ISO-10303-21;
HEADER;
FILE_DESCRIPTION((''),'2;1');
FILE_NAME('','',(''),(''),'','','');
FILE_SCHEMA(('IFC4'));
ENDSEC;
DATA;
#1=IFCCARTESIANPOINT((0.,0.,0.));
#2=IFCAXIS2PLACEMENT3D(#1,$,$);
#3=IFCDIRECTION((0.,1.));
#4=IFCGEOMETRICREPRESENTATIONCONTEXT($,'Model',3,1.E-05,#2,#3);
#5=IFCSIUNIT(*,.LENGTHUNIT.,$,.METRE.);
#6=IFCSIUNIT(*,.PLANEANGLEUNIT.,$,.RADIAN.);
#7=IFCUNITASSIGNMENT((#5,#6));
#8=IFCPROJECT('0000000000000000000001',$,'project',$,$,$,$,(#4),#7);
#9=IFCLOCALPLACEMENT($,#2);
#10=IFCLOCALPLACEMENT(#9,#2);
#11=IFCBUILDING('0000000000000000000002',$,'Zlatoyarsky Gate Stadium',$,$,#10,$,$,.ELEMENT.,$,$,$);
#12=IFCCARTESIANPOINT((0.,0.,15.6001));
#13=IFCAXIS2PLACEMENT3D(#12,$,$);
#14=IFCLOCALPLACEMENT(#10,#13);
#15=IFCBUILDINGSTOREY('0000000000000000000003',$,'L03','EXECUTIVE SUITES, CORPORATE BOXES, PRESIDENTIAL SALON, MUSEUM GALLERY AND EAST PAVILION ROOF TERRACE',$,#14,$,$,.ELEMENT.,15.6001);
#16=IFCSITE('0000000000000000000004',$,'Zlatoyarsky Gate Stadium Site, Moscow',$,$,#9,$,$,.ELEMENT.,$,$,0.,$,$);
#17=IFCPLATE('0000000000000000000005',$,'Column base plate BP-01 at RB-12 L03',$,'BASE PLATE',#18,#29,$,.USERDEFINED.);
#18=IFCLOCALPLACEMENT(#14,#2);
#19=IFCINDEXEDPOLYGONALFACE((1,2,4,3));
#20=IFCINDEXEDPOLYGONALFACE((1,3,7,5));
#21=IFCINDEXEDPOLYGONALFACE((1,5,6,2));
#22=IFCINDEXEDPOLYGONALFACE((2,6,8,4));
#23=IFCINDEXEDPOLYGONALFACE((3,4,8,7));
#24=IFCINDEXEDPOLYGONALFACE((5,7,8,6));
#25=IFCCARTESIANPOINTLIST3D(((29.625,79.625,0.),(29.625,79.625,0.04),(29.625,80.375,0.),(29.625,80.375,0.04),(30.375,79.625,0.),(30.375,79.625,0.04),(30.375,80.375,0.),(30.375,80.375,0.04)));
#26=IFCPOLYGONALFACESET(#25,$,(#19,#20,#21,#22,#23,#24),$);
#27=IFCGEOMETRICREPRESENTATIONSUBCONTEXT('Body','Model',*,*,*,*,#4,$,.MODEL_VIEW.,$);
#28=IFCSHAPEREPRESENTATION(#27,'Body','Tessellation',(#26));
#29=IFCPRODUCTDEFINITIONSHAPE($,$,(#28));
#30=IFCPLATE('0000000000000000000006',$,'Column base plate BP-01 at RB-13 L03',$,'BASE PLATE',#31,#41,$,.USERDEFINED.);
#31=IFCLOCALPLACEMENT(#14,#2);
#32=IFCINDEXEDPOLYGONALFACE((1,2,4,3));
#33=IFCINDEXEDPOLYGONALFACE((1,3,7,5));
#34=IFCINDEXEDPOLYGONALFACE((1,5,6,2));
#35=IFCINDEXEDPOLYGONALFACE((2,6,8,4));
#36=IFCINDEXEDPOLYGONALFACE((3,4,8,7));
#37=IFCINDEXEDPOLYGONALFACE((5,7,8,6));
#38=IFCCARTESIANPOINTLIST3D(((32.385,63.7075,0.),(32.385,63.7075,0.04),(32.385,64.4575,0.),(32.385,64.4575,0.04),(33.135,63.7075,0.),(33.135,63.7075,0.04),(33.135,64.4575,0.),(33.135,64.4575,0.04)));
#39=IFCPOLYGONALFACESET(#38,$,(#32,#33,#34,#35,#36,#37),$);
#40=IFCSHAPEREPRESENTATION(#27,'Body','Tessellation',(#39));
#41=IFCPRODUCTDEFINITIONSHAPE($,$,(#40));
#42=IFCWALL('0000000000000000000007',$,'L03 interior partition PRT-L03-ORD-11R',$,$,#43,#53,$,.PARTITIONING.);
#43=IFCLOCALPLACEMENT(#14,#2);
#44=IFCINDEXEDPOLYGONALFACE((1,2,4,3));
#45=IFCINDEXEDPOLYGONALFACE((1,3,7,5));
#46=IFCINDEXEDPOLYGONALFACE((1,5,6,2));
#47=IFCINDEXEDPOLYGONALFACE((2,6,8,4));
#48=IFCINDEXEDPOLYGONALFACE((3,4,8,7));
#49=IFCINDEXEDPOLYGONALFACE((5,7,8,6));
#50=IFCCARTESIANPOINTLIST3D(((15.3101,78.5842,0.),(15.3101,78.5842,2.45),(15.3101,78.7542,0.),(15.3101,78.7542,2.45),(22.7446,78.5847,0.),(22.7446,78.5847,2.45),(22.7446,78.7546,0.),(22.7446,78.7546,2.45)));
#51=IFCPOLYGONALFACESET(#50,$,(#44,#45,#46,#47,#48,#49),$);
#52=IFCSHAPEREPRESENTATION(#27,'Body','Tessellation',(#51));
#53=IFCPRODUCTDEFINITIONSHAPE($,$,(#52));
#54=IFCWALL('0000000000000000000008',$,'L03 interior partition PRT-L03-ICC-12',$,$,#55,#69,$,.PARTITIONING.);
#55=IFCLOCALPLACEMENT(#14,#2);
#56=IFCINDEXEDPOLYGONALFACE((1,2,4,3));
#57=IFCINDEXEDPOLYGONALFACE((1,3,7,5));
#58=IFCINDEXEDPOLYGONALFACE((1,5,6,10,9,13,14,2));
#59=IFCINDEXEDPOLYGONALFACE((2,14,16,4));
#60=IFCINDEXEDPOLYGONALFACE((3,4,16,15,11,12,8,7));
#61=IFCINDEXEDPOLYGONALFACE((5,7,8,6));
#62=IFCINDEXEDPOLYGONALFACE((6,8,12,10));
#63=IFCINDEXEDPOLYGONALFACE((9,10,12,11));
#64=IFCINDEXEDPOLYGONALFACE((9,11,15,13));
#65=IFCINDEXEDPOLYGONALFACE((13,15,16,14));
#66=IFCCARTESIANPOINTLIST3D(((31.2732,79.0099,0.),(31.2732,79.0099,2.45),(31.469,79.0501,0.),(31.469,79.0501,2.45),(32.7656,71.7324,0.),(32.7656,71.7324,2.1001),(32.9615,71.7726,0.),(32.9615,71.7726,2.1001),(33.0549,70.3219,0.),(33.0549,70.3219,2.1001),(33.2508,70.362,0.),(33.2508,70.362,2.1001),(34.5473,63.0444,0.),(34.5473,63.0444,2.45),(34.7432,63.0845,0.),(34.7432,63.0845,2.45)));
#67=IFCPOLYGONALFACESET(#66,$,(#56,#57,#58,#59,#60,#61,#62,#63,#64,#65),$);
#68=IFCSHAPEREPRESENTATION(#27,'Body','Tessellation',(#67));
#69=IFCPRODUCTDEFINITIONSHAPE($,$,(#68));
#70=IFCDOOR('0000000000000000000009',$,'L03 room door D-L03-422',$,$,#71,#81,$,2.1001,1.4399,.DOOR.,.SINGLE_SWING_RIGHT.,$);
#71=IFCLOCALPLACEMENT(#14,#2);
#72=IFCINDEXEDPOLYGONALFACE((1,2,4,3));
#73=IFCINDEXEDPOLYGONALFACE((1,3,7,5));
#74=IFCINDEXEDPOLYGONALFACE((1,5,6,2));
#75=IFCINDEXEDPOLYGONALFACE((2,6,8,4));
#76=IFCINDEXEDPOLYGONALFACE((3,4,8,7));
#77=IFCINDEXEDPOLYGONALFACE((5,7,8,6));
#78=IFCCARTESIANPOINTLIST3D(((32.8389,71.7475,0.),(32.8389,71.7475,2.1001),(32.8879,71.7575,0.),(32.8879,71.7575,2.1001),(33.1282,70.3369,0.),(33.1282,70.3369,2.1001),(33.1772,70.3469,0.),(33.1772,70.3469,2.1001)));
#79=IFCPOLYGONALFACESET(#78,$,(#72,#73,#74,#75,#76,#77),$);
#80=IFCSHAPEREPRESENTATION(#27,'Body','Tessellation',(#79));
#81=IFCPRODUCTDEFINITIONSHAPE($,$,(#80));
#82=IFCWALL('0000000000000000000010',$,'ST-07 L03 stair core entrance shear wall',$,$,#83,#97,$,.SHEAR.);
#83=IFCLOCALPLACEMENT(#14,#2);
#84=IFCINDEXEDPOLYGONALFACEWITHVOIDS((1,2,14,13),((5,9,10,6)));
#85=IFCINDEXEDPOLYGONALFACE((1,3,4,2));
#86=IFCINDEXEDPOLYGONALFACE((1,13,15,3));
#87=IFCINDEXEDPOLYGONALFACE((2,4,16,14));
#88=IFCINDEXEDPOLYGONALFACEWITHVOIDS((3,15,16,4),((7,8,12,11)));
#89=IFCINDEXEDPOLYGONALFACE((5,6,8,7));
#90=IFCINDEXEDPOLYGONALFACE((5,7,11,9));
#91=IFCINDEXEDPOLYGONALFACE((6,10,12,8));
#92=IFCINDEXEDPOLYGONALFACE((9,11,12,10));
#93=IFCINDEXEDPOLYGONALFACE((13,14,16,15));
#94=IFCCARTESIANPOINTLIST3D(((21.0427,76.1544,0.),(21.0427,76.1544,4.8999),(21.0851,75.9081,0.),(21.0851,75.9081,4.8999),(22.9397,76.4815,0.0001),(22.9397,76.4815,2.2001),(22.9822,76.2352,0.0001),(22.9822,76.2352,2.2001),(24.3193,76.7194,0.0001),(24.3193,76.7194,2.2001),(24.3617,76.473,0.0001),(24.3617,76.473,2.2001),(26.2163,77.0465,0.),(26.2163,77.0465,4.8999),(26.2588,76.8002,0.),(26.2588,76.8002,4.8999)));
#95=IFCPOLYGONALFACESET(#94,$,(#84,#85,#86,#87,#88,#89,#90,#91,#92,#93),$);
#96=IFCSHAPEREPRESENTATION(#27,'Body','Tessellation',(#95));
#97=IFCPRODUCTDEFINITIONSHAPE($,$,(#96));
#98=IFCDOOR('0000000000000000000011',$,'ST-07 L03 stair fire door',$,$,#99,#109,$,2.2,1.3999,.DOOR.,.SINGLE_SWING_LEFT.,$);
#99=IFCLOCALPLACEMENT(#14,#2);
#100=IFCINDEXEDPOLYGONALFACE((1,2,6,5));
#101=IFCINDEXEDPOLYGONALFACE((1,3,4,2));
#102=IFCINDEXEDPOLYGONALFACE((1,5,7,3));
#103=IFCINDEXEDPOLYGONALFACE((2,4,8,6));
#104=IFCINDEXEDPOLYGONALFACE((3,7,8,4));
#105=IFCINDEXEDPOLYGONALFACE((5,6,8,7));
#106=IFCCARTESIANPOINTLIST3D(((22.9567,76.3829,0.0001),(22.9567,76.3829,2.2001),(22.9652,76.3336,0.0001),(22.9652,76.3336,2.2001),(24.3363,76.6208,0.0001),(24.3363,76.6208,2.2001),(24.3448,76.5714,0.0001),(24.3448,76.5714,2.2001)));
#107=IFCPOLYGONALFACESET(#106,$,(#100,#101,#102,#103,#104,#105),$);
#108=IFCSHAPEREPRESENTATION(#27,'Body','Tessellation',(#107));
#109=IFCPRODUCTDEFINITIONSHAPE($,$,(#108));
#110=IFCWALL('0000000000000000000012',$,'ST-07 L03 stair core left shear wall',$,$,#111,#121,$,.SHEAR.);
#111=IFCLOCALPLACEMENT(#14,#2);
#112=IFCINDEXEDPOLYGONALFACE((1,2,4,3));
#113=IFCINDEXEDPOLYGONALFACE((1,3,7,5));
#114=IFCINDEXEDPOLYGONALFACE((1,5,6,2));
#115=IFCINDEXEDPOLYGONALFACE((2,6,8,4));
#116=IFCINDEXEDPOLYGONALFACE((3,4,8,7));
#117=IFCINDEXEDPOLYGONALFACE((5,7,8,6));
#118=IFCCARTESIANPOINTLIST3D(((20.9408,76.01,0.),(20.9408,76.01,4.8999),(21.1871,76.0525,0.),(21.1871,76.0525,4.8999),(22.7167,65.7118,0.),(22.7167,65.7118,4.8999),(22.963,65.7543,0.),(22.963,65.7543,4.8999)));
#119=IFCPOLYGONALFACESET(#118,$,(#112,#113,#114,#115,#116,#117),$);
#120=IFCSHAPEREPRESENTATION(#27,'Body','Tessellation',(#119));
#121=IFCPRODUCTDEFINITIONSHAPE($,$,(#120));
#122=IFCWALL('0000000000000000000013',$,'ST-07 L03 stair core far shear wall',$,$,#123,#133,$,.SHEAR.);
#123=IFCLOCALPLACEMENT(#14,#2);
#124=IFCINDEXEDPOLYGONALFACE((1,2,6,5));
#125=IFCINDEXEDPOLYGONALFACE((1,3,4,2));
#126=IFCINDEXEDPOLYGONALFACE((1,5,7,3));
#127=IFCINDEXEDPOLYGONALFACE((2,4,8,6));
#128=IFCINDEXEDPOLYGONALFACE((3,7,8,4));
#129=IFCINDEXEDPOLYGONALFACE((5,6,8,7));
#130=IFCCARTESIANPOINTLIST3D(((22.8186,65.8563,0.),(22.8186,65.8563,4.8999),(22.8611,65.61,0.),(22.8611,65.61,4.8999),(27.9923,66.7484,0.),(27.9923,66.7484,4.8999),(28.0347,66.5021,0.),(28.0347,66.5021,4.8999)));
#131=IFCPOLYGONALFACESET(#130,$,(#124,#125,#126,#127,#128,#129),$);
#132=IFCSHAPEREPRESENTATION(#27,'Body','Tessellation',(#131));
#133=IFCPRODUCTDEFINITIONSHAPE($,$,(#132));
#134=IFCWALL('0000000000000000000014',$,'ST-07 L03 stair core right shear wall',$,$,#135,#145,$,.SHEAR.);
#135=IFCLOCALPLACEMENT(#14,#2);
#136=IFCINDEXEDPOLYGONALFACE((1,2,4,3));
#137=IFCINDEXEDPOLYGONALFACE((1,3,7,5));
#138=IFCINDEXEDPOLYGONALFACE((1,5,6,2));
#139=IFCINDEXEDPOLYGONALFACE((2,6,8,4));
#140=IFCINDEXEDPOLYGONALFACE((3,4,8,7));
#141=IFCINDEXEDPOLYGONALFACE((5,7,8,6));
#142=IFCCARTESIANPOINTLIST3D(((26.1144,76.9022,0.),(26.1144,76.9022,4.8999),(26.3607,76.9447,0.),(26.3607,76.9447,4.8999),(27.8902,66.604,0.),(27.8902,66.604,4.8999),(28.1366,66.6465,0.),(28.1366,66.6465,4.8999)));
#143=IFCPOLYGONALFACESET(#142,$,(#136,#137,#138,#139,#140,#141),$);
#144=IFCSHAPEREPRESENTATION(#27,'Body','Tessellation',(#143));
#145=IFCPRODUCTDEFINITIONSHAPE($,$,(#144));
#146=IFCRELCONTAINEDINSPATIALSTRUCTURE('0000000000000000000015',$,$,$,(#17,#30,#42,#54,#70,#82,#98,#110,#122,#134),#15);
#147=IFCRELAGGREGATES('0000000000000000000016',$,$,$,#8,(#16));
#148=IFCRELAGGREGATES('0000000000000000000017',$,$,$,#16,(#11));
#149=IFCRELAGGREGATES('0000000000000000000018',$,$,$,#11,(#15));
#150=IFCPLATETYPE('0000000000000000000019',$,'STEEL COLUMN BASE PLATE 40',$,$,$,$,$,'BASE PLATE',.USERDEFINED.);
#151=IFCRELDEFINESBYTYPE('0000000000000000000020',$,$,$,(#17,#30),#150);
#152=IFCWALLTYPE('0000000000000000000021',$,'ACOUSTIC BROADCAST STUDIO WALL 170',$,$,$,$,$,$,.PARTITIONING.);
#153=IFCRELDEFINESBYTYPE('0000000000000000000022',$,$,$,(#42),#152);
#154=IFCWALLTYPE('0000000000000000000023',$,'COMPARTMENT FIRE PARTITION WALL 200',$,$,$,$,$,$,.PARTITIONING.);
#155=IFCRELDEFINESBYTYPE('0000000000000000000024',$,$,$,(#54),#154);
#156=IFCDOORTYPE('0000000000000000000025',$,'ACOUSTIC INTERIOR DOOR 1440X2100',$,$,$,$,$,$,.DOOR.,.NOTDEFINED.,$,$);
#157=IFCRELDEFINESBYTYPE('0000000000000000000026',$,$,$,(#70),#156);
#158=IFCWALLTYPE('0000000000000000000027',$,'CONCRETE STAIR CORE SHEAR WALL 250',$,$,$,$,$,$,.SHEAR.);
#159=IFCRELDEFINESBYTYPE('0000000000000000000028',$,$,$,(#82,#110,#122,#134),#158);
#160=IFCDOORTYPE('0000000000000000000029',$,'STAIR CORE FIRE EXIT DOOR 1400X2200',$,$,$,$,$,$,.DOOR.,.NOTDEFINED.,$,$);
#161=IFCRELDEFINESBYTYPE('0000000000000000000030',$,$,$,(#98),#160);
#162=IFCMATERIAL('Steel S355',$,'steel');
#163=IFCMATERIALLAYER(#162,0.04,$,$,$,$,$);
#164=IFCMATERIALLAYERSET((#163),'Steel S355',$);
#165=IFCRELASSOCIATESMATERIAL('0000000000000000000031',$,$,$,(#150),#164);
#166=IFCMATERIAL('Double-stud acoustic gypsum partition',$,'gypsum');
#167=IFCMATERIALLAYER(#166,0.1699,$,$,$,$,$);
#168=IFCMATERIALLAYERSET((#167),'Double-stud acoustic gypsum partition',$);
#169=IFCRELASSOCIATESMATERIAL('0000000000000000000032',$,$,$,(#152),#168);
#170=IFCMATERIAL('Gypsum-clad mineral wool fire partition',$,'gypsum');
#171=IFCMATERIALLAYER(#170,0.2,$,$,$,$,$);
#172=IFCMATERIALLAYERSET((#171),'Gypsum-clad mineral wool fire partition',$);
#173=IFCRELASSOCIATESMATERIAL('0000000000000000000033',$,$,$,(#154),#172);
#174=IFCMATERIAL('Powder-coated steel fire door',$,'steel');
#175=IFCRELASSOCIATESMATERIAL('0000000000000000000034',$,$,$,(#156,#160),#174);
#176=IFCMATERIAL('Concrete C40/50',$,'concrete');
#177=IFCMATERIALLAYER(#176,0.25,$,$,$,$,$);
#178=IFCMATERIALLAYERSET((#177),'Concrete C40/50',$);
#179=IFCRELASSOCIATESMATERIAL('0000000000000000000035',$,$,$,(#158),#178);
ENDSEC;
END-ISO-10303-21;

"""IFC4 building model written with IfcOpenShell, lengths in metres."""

from ifc_helpers import new_model, si_unit, direction, frame, frame_2d, origin, origin_2d, place, context, subcontext, project, spatial, rectangle, extrude, material, layer, layer_set, type_object, element, fill, save


model = new_model("IFC4")

# Units and contexts
model_context = context("Model", 3, precision=1e-05, world=origin(), true_north=direction((0.0, 1.0)))
body_context = subcontext(model_context, "Body", "Model", "MODEL_VIEW")
ifc_project = project(units=[si_unit("LENGTHUNIT", "METRE"), si_unit("PLANEANGLEUNIT", "RADIAN")], contexts=[model_context])

# Site, building, storey
site_placement = place(None, origin())
site = spatial("IfcSite", under=ifc_project, at=site_placement, Name="Zlatoyarsky Gate Stadium Site, Moscow", CompositionType="ELEMENT", RefElevation=0.0)
building_placement = place(site_placement, origin())
building = spatial("IfcBuilding", under=site, at=building_placement, Name="Zlatoyarsky Gate Stadium", CompositionType="ELEMENT")
storey_placement = place(building_placement, frame((0.0, 0.0, 15.6001)))
storey = spatial("IfcBuildingStorey", under=building, at=storey_placement, Name="L03", Description="EXECUTIVE SUITES, CORPORATE BOXES, PRESIDENTIAL SALON, MUSEUM GALLERY AND EAST PAVILION ROOF TERRACE", CompositionType="ELEMENT", Elevation=15.6001)

# Shared definitions
ifc_material_1 = material(Name="Steel S355", Category="steel")

# Plates
ifc_layer_1 = layer(ifc_material_1, 0.04)
ifc_layer_set_1 = layer_set([ifc_layer_1], Name="Steel S355")
plate_type = type_object("IfcPlateType", Name="STEEL COLUMN BASE PLATE 40", ElementType="BASE PLATE", PredefinedType="USERDEFINED", material=ifc_layer_set_1)
for number, where, z_axis, x_axis, name in (
    (1, (30.0, 80.0, 0.0), (0.0, 0.0, 1.0), (1.0, 0.0, 0.0), "Column base plate BP-01 at RB-12 L03"),
    (2, (32.76, 64.0825, 0.0), (0.0, 0.0, 1.0), (1.0, 0.0, 0.0), "Column base plate BP-01 at RB-13 L03"),
):
    element("IfcPlate", number, at=place(storey_placement, frame(where, z_axis=z_axis, x_axis=x_axis)), inside=storey, type_object=plate_type, Name=name, ObjectType="BASE PLATE", PredefinedType="USERDEFINED", context=body_context, shape_type="SweptSolid", body=[
        extrude(rectangle(XDim=0.75, YDim=0.75, at=origin_2d()), origin(), (0.0, 0.0, 1.0), 0.04),
    ])

# Wall
ifc_material_2 = material(Name="Double-stud acoustic gypsum partition", Category="gypsum")
ifc_layer_2 = layer(ifc_material_2, 0.1699)
ifc_layer_set_2 = layer_set([ifc_layer_2], Name="Double-stud acoustic gypsum partition")
wall_type_1 = type_object("IfcWallType", Name="ACOUSTIC BROADCAST STUDIO WALL 170", PredefinedType="PARTITIONING", material=ifc_layer_set_2)
wall_1_placement = place(storey_placement, frame((22.7446, 78.6697, 0.0), z_axis=(0.0, 0.0, 1.0), x_axis=(-1.0, -0.000066, 0.0)))
element("IfcWall", 3, at=wall_1_placement, inside=storey, type_object=wall_type_1, Name="L03 interior partition PRT-L03-ORD-11R", PredefinedType="PARTITIONING", context=body_context, shape_type="SweptSolid", body=[
    extrude(rectangle(XDim=7.4346, YDim=0.1699, at=frame_2d((3.7173, 0.0))), origin(), (0.0, 0.0, 1.0), 2.45),
])

# Walls, openings, doors
ifc_material_3 = material(Name="Gypsum-clad mineral wool fire partition", Category="gypsum")
ifc_layer_3 = layer(ifc_material_3, 0.2)
ifc_layer_set_3 = layer_set([ifc_layer_3], Name="Gypsum-clad mineral wool fire partition")
wall_type_2 = type_object("IfcWallType", Name="COMPARTMENT FIRE PARTITION WALL 200", PredefinedType="PARTITIONING", material=ifc_layer_set_3)
wall_2_placement = place(storey_placement, frame((31.3711, 79.03, 0.0), z_axis=(0.0, 0.0, 1.0), x_axis=(0.200896, -0.979613, 0.0)))
wall_2 = element("IfcWall", 4, at=wall_2_placement, inside=storey, type_object=wall_type_2, Name="L03 interior partition PRT-L03-ICC-12", PredefinedType="PARTITIONING", context=body_context, shape_type="SweptSolid", body=[
    extrude(rectangle(XDim=16.2979, YDim=0.2, at=frame_2d((8.1489, 0.0))), origin(), (0.0, 0.0, 1.0), 2.45),
])
opening_1_placement = place(wall_2_placement, frame((7.429, 0.0, 0.0)))
opening_1 = element("IfcOpeningElement", 5, at=opening_1_placement, cuts=wall_2, PredefinedType="OPENING", context=body_context, shape_type="SweptSolid", body=[
    extrude(rectangle(XDim=1.4399, YDim=2.1001, at=frame_2d((0.72, 1.05))), frame((0.0, 0.1099, 0.0), z_axis=(0.0, -1.0, 0.0), x_axis=(1.0, 0.0, 0.0)), (0.0, 0.0, 1.0), 0.22),
])
ifc_material_4 = material(Name="Powder-coated steel fire door", Category="steel")
door_type_1 = type_object("IfcDoorType", Name="ACOUSTIC INTERIOR DOOR 1440X2100", OperationType="NOTDEFINED", PredefinedType="DOOR", material=ifc_material_4)
door_1_placement = place(opening_1_placement, origin())
door_1 = element("IfcDoor", 6, at=door_1_placement, inside=storey, type_object=door_type_1, Name="L03 room door D-L03-422", OperationType="SINGLE_SWING_RIGHT", OverallHeight=2.1001, OverallWidth=1.4399, PredefinedType="DOOR", context=body_context, shape_type="SweptSolid", body=[
    extrude(rectangle(XDim=1.4399, YDim=2.1001, at=frame_2d((0.72, 1.05))), frame((0.0, 0.0249, 0.0), z_axis=(0.0, -1.0, 0.0), x_axis=(1.0, 0.0, 0.0)), (0.0, 0.0, 1.0), 0.05),
])
fill(opening_1, door_1)
ifc_material_5 = material(Name="Concrete C40/50", Category="concrete")
ifc_layer_4 = layer(ifc_material_5, 0.25)
ifc_layer_set_4 = layer_set([ifc_layer_4], Name="Concrete C40/50")
wall_type_3 = type_object("IfcWallType", Name="CONCRETE STAIR CORE SHEAR WALL 250", PredefinedType="SHEAR", material=ifc_layer_set_4)
wall_3_placement = place(storey_placement, frame((26.2375, 76.9233, 0.0), z_axis=(0.0, 0.0, 1.0), x_axis=(-0.985457, -0.169924, 0.0)))
wall_3 = element("IfcWall", 7, at=wall_3_placement, inside=storey, type_object=wall_type_3, Name="ST-07 L03 stair core entrance shear wall", PredefinedType="SHEAR", context=body_context, shape_type="SweptSolid", body=[
    extrude(rectangle(XDim=5.25, YDim=0.25, at=frame_2d((2.625, 0.0))), origin(), (0.0, 0.0, 1.0), 4.8999),
])
opening_2_placement = place(wall_3_placement, frame((1.925, 0.0, 0.0)))
opening_2 = element("IfcOpeningElement", 8, at=opening_2_placement, cuts=wall_3, PredefinedType="OPENING", context=body_context, shape_type="SweptSolid", body=[
    extrude(rectangle(XDim=1.3999, YDim=2.2, at=frame_2d((0.7, 1.1001))), frame((0.0, 0.135, 0.0), z_axis=(0.0, -1.0, 0.0), x_axis=(1.0, 0.0, 0.0)), (0.0, 0.0, 1.0), 0.27),
])
door_type_2 = type_object("IfcDoorType", Name="STAIR CORE FIRE EXIT DOOR 1400X2200", OperationType="NOTDEFINED", PredefinedType="DOOR", material=ifc_material_4)
door_2_placement = place(opening_2_placement, frame((1.3999, 0.0, 0.0), z_axis=(0.0, 0.0, 1.0), x_axis=(-1.0, 0.0, 0.0)))
door_2 = element("IfcDoor", 9, at=door_2_placement, inside=storey, type_object=door_type_2, Name="ST-07 L03 stair fire door", OperationType="SINGLE_SWING_LEFT", OverallHeight=2.2, OverallWidth=1.3999, PredefinedType="DOOR", context=body_context, shape_type="SweptSolid", body=[
    extrude(rectangle(XDim=1.3999, YDim=2.2, at=frame_2d((0.7, 1.1001))), frame((0.0, 0.0249, 0.0), z_axis=(0.0, -1.0, 0.0), x_axis=(1.0, 0.0, 0.0)), (0.0, 0.0, 1.0), 0.05),
])
fill(opening_2, door_2)

# Walls
wall_4_placement = place(storey_placement, frame((21.064, 76.0312, 0.0), z_axis=(0.0, 0.0, 1.0), x_axis=(0.169939, -0.985455, 0.0)))
element("IfcWall", 10, at=wall_4_placement, inside=storey, type_object=wall_type_3, Name="ST-07 L03 stair core left shear wall", PredefinedType="SHEAR", context=body_context, shape_type="SweptSolid", body=[
    extrude(rectangle(XDim=10.4502, YDim=0.25, at=frame_2d((5.2251, 0.0))), origin(), (0.0, 0.0, 1.0), 4.8999),
])
wall_5_placement = place(storey_placement, frame((22.8398, 65.7332, 0.0), z_axis=(0.0, 0.0, 1.0), x_axis=(0.985457, 0.169924, 0.0)))
element("IfcWall", 11, at=wall_5_placement, inside=storey, type_object=wall_type_3, Name="ST-07 L03 stair core far shear wall", PredefinedType="SHEAR", context=body_context, shape_type="SweptSolid", body=[
    extrude(rectangle(XDim=5.25, YDim=0.25, at=frame_2d((2.625, 0.0))), origin(), (0.0, 0.0, 1.0), 4.8999),
])
wall_6_placement = place(storey_placement, frame((28.0134, 66.6252, 0.0), z_axis=(0.0, 0.0, 1.0), x_axis=(-0.169939, 0.985455, 0.0)))
element("IfcWall", 12, at=wall_6_placement, inside=storey, type_object=wall_type_3, Name="ST-07 L03 stair core right shear wall", PredefinedType="SHEAR", context=body_context, shape_type="SweptSolid", body=[
    extrude(rectangle(XDim=10.4502, YDim=0.25, at=frame_2d((5.2251, 0.0))), origin(), (0.0, 0.0, 1.0), 4.8999),
])

save(model, "model.ifc")
